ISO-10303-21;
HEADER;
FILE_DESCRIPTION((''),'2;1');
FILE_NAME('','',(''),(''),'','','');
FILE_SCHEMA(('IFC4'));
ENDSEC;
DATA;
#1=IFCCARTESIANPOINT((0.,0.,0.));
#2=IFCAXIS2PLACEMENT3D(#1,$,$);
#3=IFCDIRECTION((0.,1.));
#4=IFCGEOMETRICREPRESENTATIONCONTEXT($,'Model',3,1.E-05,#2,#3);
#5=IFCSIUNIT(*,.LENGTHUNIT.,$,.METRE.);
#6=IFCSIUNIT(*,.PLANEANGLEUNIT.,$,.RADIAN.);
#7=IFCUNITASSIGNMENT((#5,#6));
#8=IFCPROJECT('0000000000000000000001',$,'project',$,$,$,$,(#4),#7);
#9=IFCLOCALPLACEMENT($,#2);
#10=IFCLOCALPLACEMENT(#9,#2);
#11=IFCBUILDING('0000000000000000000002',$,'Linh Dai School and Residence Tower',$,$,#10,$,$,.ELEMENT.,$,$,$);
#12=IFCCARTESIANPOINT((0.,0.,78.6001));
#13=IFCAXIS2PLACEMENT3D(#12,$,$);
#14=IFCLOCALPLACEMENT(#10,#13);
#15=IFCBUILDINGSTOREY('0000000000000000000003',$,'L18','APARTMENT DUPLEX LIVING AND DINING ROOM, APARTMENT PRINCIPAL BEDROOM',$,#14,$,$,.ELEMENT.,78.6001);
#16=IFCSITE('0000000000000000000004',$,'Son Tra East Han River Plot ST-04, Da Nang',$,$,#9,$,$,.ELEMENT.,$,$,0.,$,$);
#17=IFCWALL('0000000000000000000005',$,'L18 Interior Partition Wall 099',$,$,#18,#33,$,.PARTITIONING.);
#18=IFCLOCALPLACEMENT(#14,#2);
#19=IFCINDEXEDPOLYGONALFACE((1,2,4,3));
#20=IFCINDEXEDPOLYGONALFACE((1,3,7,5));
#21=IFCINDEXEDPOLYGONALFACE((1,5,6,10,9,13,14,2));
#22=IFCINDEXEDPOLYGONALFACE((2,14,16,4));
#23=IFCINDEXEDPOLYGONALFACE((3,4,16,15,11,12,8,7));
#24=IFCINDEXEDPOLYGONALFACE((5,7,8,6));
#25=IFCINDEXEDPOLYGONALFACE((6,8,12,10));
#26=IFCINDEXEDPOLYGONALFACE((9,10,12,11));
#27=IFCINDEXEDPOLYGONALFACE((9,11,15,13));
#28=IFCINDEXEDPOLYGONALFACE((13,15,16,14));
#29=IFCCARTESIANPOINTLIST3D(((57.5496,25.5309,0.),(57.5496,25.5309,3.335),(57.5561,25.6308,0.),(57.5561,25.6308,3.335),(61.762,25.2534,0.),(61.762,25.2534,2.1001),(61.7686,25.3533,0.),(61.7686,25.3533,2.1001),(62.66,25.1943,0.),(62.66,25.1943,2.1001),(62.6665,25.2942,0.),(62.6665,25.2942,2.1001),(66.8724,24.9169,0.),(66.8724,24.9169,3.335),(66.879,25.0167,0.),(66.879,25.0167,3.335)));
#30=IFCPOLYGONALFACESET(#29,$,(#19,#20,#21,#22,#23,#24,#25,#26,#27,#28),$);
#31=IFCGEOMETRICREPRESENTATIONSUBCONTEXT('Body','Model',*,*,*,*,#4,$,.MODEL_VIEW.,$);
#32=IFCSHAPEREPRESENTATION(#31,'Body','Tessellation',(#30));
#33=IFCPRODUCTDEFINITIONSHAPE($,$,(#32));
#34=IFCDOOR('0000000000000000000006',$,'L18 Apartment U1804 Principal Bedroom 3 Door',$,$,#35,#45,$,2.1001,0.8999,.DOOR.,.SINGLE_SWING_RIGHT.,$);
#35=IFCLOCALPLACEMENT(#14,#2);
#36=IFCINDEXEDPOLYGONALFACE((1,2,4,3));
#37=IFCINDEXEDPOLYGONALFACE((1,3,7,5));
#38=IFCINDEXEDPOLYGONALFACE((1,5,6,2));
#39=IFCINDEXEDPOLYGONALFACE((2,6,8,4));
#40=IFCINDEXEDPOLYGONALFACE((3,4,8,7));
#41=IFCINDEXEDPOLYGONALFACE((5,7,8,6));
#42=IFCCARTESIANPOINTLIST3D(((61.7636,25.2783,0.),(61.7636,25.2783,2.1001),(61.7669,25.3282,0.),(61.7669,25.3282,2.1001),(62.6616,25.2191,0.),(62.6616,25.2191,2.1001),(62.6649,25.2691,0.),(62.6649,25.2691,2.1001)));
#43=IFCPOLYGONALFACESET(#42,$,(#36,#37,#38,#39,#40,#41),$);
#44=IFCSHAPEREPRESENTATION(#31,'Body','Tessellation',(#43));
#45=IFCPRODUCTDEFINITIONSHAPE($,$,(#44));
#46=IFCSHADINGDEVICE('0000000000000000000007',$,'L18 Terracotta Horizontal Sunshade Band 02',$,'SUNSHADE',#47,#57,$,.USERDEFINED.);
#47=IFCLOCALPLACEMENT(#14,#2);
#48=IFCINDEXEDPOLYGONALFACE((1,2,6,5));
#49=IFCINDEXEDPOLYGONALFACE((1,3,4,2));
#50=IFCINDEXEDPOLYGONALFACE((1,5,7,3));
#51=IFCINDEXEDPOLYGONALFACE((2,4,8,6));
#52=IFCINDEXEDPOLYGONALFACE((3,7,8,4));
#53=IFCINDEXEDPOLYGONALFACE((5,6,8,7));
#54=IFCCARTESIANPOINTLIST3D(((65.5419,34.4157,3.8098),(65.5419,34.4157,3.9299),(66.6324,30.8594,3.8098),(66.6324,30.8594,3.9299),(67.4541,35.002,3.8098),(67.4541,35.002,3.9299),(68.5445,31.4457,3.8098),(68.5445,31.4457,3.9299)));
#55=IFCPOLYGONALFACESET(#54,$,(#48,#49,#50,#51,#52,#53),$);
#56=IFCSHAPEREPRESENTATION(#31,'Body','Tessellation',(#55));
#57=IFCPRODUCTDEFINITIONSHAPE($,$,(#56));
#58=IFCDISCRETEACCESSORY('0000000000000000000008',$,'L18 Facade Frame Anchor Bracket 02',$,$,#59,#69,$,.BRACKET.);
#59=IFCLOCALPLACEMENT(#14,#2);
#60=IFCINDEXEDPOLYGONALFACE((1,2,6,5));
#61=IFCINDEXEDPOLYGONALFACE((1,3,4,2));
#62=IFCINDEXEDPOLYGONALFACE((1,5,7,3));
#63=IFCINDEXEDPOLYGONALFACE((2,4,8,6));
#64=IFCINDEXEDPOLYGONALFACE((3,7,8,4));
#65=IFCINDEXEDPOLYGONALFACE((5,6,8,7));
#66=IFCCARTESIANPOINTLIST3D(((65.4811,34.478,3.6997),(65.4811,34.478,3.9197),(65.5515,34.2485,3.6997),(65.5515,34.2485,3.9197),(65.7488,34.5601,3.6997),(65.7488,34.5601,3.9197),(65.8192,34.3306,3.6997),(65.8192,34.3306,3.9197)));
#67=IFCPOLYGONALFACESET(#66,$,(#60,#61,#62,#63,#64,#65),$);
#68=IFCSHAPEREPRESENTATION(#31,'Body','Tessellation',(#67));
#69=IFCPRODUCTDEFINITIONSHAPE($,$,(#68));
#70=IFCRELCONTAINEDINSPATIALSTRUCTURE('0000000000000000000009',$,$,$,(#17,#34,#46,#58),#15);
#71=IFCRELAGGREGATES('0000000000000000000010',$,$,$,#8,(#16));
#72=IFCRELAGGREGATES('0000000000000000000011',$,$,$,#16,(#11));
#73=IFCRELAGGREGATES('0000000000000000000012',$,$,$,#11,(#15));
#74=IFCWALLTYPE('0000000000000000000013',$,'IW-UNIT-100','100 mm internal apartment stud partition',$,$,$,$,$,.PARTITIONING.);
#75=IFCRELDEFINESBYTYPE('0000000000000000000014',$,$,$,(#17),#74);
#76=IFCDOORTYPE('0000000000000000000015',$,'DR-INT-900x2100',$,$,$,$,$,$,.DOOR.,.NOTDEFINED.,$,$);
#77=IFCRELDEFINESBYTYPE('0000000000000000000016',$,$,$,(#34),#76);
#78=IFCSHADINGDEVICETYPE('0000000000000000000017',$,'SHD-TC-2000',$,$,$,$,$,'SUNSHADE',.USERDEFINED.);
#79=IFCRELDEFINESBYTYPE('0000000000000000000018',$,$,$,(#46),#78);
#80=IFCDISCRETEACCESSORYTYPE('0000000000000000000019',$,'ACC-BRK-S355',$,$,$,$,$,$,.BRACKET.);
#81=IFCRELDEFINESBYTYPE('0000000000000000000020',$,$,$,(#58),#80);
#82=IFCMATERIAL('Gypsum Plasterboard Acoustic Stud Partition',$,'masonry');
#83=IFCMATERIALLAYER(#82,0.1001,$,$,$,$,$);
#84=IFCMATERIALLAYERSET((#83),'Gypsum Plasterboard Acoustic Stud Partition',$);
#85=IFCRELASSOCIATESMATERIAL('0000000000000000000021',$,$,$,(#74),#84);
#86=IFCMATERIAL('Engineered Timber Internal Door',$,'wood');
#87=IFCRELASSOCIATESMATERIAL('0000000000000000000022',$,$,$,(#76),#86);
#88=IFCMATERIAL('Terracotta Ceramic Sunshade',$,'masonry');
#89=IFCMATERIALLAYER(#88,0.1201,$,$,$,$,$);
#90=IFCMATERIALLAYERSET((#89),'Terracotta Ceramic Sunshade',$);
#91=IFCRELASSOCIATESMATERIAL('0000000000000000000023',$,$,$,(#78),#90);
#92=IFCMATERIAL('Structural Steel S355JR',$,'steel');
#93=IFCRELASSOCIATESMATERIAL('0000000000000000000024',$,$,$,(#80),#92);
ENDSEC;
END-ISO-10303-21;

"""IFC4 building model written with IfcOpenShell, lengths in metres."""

from ifc_helpers import new_model, si_unit, direction, frame, frame_2d, origin, origin_2d, place, context, subcontext, project, spatial, rectangle, extrude, source, transform, mapped, material, layer, layer_set, type_object, element, fill, save


model = new_model("IFC4")

# Units and contexts
model_context = context("Model", 3, precision=1e-05, world=origin(), true_north=direction((0.0, 1.0)))
body_context = subcontext(model_context, "Body", "Model", "MODEL_VIEW")
ifc_project = project(units=[si_unit("LENGTHUNIT", "METRE"), si_unit("PLANEANGLEUNIT", "RADIAN")], contexts=[model_context])

# Site, building, storey
site_placement = place(None, origin())
site = spatial("IfcSite", under=ifc_project, at=site_placement, Name="Son Tra East Han River Plot ST-04, Da Nang", CompositionType="ELEMENT", RefElevation=0.0)
building_placement = place(site_placement, origin())
building = spatial("IfcBuilding", under=site, at=building_placement, Name="Linh Dai School and Residence Tower", CompositionType="ELEMENT")
storey_placement = place(building_placement, frame((0.0, 0.0, 78.6001)))
storey = spatial("IfcBuildingStorey", under=building, at=storey_placement, Name="L18", Description="APARTMENT DUPLEX LIVING AND DINING ROOM, APARTMENT PRINCIPAL BEDROOM", CompositionType="ELEMENT", Elevation=78.6001)

# Shared definitions
ifc_material_1 = material(Name="Structural Steel S355JR", Category="steel")

# Shared definitions
ifc_material_2 = material(Name="Gypsum Plasterboard Acoustic Stud Partition", Category="masonry")
ifc_layer_1 = layer(ifc_material_2, 0.1001)
ifc_layer_set_1 = layer_set([ifc_layer_1], Name="Gypsum Plasterboard Acoustic Stud Partition")
wall_type_1 = type_object("IfcWallType", Name="IW-UNIT-100", Description="100 mm internal apartment stud partition", PredefinedType="PARTITIONING", material=ifc_layer_set_1)

# Shared definitions
ifc_material_3 = material(Name="Engineered Timber Internal Door", Category="wood")
door_type = type_object("IfcDoorType", Name="DR-INT-900x2100", OperationType="NOTDEFINED", PredefinedType="DOOR", material=ifc_material_3)
shared_shape_1 = source(origin(), body_context, "Body", "SweptSolid", [
    extrude(rectangle(XDim=0.8999, YDim=2.1001, at=origin_2d()), frame((0.45, 0.0249, 1.05), z_axis=(0.0, -1.0, 0.0), x_axis=(1.0, 0.0, 0.0)), (0.0, 0.0, 1.0), 0.05),
])

# Wall, opening, door
wall_1_placement = place(storey_placement, frame((57.553, 25.5808, 0.0), z_axis=(0.0, 0.0, 1.0), x_axis=(0.997838, -0.065719, 0.0)))
wall_1 = element("IfcWall", 1, at=wall_1_placement, inside=storey, type_object=wall_type_1, Name="L18 Interior Partition Wall 099", PredefinedType="PARTITIONING", context=body_context, shape_type="SweptSolid", body=[
    extrude(rectangle(XDim=9.343, YDim=0.1001, at=frame_2d((4.6714, 0.0))), origin(), (0.0, 0.0, 1.0), 3.335),
])
opening_1_placement = place(wall_1_placement, frame((4.2214, 0.0, 0.0)))
opening_1 = element("IfcOpeningElement", 2, at=opening_1_placement, cuts=wall_1, PredefinedType="OPENING", context=body_context, shape_type="SweptSolid", body=[
    extrude(rectangle(XDim=0.8999, YDim=2.1001, at=origin_2d()), frame((0.45, 0.0601, 1.05), z_axis=(0.0, -1.0, 0.0), x_axis=(1.0, 0.0, 0.0)), (0.0, 0.0, 1.0), 0.1201),
])
door_1_placement = place(opening_1_placement, origin())
door_1 = element("IfcDoor", 3, at=door_1_placement, inside=storey, type_object=door_type, Name="L18 Apartment U1804 Principal Bedroom 3 Door", OperationType="SINGLE_SWING_RIGHT", OverallHeight=2.1001, OverallWidth=0.8999, PredefinedType="DOOR", context=body_context, shape_type="MappedRepresentation", body=[
    mapped(shared_shape_1, transform((0.0, 0.0, 0.0), x_axis=(1.0, 0.0, 0.0), y_axis=(0.0, 1.0, 0.0), z_axis=(0.0, 0.0, 1.0), scale=1.0)),
])
fill(opening_1, door_1)

# Shading device
ifc_material_4 = material(Name="Terracotta Ceramic Sunshade", Category="masonry")
ifc_layer_2 = layer(ifc_material_4, 0.1201)
ifc_layer_set_2 = layer_set([ifc_layer_2], Name="Terracotta Ceramic Sunshade")
shading_device_type = type_object("IfcShadingDeviceType", Name="SHD-TC-2000", ElementType="SUNSHADE", PredefinedType="USERDEFINED", material=ifc_layer_set_2)
shared_shape_2 = source(origin(), body_context, "Body", "SweptSolid", [
    extrude(rectangle(XDim=3.7197, YDim=2.0, at=origin_2d()), origin(), (0.0, 0.0, 1.0), 0.1201),
])
shading_device_placement = place(storey_placement, frame((67.0432, 32.9307, 3.8098), z_axis=(0.0, 0.0, 1.0), x_axis=(0.293146, -0.956068, 0.0)))
element("IfcShadingDevice", 4, at=shading_device_placement, inside=storey, type_object=shading_device_type, Name="L18 Terracotta Horizontal Sunshade Band 02", ObjectType="SUNSHADE", PredefinedType="USERDEFINED", context=body_context, shape_type="MappedRepresentation", body=[
    mapped(shared_shape_2, transform((0.0, 0.0, 0.0), x_axis=(1.0, 0.0, 0.0), y_axis=(0.0, 1.0, 0.0), z_axis=(0.0, 0.0, 1.0), scale=1.0)),
])

# Discrete accessory
discrete_accessory_type = type_object("IfcDiscreteAccessoryType", Name="ACC-BRK-S355", PredefinedType="BRACKET", material=ifc_material_1)
shared_shape_3 = source(origin(), body_context, "Body", "SweptSolid", [
    extrude(rectangle(XDim=0.28, YDim=0.24, at=origin_2d()), origin(), (0.0, 0.0, 1.0), 0.22),
])
discrete_accessory_placement = place(storey_placement, frame((65.6501, 34.4043, 3.6997), z_axis=(0.0, 0.0, 1.0), x_axis=(0.956068, 0.293146, 0.0)))
element("IfcDiscreteAccessory", 5, at=discrete_accessory_placement, inside=storey, type_object=discrete_accessory_type, Name="L18 Facade Frame Anchor Bracket 02", PredefinedType="BRACKET", context=body_context, shape_type="MappedRepresentation", body=[
    mapped(shared_shape_3, transform((0.0, 0.0, 0.0), x_axis=(1.0, 0.0, 0.0), y_axis=(0.0, 1.0, 0.0), z_axis=(0.0, 0.0, 1.0), scale=1.0)),
])

save(model, "model.ifc")
